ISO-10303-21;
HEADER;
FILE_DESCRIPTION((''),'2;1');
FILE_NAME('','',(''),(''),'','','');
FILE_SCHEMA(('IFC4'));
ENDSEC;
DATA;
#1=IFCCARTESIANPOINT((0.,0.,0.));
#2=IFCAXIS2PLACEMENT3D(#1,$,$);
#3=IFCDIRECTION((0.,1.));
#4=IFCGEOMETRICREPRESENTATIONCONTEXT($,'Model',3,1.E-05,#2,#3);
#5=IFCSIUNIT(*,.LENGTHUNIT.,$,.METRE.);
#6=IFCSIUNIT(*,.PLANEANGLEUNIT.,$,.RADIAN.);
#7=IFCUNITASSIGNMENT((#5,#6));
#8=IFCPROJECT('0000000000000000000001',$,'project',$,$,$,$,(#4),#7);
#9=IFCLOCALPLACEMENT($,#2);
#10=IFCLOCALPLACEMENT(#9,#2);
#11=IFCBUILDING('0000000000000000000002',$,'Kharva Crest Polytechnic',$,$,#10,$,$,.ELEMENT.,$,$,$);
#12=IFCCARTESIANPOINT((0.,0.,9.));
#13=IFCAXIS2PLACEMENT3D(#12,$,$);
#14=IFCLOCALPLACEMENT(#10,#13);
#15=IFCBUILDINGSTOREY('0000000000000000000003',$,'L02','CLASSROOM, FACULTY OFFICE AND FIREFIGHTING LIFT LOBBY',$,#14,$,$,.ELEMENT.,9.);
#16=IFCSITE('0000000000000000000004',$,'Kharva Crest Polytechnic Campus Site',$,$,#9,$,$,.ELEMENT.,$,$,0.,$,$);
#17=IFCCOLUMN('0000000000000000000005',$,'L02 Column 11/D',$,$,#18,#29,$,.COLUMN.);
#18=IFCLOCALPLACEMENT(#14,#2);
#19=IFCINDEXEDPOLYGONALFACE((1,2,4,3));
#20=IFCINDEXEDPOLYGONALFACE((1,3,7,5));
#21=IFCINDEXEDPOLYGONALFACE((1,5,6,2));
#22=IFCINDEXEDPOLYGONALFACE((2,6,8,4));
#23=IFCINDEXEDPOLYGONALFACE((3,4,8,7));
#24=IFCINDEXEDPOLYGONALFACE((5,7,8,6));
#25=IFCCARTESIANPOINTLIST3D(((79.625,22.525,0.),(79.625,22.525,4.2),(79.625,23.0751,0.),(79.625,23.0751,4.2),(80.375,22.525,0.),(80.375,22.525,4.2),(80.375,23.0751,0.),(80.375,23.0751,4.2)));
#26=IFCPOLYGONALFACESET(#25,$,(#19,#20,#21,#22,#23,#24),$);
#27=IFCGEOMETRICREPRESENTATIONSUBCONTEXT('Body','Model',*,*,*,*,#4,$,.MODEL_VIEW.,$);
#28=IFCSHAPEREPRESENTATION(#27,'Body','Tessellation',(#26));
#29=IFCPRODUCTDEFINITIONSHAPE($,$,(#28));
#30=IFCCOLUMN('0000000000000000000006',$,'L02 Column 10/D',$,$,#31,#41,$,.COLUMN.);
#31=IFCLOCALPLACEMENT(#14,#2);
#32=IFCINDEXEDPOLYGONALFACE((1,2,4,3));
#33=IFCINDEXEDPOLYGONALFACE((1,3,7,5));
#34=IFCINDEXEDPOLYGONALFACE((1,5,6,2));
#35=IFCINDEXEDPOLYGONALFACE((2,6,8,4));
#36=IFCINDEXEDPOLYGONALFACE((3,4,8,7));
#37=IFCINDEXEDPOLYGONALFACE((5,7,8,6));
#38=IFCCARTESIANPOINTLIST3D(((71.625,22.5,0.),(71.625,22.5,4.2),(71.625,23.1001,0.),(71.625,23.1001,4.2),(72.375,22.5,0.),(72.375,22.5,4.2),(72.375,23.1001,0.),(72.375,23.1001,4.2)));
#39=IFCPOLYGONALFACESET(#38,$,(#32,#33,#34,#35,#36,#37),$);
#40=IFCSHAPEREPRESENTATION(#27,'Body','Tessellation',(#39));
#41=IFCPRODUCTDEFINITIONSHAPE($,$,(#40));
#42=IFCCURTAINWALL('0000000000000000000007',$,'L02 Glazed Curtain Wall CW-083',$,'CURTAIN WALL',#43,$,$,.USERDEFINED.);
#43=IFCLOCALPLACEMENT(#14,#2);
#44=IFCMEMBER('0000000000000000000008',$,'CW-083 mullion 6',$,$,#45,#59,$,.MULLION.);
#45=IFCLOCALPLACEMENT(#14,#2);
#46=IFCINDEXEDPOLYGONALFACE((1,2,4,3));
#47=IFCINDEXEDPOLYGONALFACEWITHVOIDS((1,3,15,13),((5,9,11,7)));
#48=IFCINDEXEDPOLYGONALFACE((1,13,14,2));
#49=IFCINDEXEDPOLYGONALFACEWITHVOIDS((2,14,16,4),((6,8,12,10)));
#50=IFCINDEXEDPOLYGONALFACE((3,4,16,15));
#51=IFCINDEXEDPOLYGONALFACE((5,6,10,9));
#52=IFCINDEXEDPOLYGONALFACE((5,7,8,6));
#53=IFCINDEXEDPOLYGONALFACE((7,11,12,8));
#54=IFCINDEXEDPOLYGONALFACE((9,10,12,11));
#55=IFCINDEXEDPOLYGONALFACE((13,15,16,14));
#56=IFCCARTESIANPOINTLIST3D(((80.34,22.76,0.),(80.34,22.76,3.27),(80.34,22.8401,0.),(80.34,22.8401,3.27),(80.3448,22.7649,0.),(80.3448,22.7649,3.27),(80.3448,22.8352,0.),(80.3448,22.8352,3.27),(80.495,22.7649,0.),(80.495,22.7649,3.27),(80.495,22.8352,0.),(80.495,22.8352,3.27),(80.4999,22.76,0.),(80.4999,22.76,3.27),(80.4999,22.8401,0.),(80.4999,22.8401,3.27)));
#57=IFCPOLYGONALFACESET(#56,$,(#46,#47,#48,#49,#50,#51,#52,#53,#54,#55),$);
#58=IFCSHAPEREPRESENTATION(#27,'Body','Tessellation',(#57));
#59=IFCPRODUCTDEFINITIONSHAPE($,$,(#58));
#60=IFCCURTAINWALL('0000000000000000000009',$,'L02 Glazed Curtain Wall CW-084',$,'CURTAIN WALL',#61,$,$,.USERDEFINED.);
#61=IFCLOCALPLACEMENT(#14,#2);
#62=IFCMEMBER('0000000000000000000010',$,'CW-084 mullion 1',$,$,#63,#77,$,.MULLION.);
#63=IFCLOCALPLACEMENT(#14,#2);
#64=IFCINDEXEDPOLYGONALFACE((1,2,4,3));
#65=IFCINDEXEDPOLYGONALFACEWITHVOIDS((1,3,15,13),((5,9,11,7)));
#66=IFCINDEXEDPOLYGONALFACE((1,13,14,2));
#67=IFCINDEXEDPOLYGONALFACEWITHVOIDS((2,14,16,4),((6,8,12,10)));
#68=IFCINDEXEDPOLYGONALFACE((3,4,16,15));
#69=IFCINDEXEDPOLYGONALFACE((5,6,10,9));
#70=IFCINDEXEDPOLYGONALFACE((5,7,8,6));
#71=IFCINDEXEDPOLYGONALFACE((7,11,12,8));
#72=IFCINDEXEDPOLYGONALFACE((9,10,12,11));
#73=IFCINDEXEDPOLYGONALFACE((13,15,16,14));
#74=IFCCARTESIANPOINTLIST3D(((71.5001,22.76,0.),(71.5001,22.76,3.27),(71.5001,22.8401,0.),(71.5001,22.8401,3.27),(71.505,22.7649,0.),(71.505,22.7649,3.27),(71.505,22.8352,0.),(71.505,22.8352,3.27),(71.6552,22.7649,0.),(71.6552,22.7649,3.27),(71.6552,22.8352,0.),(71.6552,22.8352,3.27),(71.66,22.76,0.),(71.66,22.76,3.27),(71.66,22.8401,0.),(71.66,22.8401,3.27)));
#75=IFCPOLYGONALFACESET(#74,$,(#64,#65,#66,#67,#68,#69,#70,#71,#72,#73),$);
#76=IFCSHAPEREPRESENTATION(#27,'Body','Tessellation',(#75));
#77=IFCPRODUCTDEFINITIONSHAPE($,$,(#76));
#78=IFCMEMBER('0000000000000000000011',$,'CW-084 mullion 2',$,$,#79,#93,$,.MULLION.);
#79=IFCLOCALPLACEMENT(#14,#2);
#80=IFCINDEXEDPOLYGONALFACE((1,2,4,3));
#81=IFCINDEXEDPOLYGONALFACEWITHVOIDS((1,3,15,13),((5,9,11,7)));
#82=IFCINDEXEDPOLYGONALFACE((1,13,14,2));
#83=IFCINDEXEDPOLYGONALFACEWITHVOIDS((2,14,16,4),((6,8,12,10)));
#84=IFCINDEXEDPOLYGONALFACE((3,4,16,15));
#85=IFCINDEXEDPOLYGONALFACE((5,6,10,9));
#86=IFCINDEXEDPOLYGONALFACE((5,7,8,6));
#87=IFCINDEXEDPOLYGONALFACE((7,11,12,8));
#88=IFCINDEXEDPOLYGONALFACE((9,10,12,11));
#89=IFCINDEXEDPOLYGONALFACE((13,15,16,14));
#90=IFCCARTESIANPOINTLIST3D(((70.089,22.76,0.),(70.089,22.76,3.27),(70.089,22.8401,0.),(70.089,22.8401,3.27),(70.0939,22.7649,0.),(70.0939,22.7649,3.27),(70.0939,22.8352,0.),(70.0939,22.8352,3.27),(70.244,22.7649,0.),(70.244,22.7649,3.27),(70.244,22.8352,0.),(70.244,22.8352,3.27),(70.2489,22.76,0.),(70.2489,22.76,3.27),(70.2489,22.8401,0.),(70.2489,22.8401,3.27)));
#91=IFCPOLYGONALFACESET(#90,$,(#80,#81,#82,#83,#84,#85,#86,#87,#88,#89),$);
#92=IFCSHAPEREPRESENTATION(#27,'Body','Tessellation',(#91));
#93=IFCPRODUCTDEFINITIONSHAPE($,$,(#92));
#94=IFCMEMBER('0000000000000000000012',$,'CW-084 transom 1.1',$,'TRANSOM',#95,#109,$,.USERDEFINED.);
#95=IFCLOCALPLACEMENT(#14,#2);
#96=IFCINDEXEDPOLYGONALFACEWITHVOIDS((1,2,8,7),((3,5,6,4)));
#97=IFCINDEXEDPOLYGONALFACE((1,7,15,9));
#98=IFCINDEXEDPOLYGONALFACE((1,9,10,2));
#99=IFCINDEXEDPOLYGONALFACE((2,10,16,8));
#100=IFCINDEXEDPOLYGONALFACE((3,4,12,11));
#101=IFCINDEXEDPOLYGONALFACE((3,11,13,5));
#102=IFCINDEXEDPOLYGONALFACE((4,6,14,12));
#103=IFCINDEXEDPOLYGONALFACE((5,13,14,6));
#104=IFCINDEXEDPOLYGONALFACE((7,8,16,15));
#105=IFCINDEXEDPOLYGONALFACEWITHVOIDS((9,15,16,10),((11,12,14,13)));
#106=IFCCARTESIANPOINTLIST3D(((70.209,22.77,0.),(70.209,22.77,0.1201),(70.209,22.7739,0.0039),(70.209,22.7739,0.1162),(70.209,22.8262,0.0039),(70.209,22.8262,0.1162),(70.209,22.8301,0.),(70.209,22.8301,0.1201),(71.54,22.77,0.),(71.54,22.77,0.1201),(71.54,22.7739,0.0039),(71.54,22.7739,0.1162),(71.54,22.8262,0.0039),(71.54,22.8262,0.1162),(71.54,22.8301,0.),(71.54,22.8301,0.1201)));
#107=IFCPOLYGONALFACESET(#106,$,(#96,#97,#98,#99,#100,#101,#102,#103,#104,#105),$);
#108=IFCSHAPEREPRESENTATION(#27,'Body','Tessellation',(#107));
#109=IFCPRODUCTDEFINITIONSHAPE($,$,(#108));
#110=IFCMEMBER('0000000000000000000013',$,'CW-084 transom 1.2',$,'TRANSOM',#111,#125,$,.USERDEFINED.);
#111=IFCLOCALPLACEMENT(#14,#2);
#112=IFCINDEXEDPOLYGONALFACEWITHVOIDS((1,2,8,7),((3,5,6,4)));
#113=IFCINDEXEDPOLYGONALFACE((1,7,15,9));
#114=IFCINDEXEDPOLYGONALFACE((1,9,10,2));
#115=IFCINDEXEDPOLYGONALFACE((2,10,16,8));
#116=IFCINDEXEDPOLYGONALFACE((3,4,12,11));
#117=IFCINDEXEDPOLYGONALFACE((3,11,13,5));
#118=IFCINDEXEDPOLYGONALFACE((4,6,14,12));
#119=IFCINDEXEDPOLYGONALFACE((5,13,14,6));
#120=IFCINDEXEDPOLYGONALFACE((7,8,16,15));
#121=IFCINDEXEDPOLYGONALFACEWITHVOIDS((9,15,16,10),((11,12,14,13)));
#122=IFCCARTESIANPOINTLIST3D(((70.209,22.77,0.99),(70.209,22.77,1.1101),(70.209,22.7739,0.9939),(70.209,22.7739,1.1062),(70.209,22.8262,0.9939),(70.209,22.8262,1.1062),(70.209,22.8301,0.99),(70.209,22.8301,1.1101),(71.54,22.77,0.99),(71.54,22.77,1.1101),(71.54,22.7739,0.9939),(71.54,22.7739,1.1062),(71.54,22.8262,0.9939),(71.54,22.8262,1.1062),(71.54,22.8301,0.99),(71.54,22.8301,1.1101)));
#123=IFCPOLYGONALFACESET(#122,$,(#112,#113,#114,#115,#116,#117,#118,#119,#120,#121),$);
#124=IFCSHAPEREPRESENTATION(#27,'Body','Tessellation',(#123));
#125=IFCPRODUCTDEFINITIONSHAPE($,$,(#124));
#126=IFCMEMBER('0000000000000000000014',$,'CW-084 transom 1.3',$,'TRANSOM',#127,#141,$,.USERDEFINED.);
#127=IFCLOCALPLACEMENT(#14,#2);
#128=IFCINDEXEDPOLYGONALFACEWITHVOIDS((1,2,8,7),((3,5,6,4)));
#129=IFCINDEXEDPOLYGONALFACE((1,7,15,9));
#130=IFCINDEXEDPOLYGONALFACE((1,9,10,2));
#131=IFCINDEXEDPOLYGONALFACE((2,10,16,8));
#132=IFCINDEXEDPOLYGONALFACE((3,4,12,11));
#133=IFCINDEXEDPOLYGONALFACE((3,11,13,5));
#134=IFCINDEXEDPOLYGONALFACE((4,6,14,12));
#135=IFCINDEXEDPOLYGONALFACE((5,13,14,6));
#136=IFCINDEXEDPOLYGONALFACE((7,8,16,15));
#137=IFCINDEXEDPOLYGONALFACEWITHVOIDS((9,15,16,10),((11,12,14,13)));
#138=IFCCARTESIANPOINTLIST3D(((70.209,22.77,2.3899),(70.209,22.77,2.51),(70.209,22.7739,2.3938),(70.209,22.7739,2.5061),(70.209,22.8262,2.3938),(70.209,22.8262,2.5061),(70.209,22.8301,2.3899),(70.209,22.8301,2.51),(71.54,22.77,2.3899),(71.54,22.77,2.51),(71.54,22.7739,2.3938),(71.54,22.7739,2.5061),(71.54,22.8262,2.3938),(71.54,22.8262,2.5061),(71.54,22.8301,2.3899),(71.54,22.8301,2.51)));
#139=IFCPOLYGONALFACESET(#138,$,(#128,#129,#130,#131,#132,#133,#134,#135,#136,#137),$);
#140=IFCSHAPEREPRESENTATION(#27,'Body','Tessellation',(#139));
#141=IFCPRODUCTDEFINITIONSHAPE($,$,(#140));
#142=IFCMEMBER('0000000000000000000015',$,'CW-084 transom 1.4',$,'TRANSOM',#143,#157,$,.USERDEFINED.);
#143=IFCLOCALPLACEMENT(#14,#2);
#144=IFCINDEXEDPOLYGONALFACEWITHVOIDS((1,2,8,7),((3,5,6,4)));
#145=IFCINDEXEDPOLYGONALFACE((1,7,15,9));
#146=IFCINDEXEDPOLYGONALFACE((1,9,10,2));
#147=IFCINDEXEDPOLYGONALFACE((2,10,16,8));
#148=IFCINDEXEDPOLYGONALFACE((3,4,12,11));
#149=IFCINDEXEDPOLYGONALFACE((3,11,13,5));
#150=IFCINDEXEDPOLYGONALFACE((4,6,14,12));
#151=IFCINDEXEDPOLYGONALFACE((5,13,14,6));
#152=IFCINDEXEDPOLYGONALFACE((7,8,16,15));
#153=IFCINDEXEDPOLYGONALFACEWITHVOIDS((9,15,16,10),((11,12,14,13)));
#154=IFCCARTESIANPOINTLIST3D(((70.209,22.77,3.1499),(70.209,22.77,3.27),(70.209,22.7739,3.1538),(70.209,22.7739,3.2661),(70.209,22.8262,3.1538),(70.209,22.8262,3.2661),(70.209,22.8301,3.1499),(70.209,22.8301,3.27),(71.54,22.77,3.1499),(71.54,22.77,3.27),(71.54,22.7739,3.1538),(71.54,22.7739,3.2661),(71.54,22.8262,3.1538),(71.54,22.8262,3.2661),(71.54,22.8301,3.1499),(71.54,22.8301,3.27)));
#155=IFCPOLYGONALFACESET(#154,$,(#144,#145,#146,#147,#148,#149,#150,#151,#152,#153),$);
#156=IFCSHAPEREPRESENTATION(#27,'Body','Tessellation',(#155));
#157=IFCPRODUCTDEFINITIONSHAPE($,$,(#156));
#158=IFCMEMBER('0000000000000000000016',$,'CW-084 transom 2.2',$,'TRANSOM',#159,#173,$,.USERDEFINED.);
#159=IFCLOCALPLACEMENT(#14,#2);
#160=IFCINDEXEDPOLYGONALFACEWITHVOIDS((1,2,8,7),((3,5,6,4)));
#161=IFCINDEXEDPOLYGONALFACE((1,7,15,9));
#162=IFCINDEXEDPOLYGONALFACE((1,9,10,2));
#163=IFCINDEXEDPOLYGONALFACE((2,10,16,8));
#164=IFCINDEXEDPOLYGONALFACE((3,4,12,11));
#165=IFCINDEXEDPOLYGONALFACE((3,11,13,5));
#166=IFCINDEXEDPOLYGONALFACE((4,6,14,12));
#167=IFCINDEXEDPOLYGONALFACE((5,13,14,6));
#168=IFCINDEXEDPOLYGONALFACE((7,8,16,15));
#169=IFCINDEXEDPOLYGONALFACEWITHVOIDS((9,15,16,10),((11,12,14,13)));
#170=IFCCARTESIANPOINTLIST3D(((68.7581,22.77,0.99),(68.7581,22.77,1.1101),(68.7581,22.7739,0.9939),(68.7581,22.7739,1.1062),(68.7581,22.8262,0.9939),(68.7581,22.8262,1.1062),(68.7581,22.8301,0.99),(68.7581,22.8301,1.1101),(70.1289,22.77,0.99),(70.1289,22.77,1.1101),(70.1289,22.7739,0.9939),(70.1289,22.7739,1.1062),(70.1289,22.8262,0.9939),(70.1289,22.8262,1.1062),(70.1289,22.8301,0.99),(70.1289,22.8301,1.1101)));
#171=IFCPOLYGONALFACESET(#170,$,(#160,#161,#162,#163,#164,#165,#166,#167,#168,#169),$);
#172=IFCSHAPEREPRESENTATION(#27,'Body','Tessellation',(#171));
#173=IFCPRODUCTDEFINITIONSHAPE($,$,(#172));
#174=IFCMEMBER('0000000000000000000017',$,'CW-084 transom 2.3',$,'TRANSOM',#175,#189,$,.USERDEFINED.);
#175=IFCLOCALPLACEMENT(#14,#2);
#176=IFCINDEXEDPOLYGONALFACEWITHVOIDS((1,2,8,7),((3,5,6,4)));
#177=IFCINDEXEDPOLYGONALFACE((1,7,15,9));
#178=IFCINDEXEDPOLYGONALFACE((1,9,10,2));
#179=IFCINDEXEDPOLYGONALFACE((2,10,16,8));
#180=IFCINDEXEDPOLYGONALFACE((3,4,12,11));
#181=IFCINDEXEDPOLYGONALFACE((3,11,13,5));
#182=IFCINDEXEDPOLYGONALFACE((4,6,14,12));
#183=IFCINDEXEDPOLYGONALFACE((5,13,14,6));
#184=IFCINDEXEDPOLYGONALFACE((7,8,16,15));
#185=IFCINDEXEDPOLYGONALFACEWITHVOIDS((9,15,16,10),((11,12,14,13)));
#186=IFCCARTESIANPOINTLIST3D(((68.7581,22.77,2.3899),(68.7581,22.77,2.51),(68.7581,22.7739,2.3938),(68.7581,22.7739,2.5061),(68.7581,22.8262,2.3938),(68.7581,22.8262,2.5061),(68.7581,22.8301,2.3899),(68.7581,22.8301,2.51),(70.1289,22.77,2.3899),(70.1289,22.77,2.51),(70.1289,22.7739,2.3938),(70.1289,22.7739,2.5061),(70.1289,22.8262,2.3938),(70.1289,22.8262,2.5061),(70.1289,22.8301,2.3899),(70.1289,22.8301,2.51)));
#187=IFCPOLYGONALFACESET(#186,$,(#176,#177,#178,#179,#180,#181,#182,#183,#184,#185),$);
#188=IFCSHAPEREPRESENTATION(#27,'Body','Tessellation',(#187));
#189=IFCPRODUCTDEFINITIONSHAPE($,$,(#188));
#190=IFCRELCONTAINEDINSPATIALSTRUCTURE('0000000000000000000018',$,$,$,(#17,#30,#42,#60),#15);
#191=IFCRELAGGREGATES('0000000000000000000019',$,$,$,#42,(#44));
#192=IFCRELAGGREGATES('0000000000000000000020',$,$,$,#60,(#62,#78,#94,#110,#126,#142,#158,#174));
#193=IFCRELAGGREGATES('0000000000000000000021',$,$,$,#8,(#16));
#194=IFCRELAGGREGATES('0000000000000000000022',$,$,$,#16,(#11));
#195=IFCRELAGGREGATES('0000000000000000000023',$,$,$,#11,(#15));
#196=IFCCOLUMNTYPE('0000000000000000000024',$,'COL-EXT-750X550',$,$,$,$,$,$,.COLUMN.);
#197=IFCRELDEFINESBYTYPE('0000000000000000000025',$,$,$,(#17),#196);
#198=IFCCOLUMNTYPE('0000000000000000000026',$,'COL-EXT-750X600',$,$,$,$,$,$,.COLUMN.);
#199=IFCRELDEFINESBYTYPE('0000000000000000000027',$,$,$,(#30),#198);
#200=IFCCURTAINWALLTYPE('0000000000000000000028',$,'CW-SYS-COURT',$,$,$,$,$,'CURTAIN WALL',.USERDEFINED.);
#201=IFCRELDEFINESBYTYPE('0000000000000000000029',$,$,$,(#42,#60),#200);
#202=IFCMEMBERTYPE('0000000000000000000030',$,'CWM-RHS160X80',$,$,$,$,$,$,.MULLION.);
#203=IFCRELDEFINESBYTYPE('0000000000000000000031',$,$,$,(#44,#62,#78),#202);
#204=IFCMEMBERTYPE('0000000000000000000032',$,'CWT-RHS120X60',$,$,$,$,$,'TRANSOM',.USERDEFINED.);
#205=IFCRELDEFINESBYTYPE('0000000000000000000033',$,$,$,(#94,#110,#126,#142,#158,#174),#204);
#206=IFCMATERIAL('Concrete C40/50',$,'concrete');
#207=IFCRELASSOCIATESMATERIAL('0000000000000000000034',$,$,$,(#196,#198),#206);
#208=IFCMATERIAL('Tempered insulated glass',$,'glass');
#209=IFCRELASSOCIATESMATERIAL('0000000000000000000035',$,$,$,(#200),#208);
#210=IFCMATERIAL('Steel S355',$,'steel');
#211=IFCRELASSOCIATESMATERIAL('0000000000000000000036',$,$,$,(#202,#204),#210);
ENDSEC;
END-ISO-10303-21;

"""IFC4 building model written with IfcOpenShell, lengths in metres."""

from ifc_helpers import new_model, si_unit, direction, frame, origin, origin_2d, place, context, subcontext, project, spatial, rectangle, hollow_rectangle, extrude, material, material_profile, profile_set, type_object, element, aggregate, save


model = new_model("IFC4")

# Units and contexts
model_context = context("Model", 3, precision=1e-05, world=origin(), true_north=direction((0.0, 1.0)))
body_context = subcontext(model_context, "Body", "Model", "MODEL_VIEW")
ifc_project = project(units=[si_unit("LENGTHUNIT", "METRE"), si_unit("PLANEANGLEUNIT", "RADIAN")], contexts=[model_context])

# Site, building, storey
site_placement = place(None, origin())
site = spatial("IfcSite", under=ifc_project, at=site_placement, Name="Kharva Crest Polytechnic Campus Site", CompositionType="ELEMENT", RefElevation=0.0)
building_placement = place(site_placement, origin())
building = spatial("IfcBuilding", under=site, at=building_placement, Name="Kharva Crest Polytechnic", CompositionType="ELEMENT")
storey_placement = place(building_placement, frame((0.0, 0.0, 9.0)))
storey = spatial("IfcBuildingStorey", under=building, at=storey_placement, Name="L02", Description="CLASSROOM, FACULTY OFFICE AND FIREFIGHTING LIFT LOBBY", CompositionType="ELEMENT", Elevation=9.0)

# Columns
ifc_material_1 = material(Name="Concrete C40/50", Category="concrete")
ifc_material_profile_1 = material_profile(ifc_material_1, rectangle(XDim=0.75, YDim=0.55, at=origin_2d()), Name="RECT 750 X 550")
ifc_profile_set_1 = profile_set([ifc_material_profile_1], Name="Concrete C40/50")
column_type_1 = type_object("IfcColumnType", Name="COL-EXT-750X550", PredefinedType="COLUMN", material=ifc_profile_set_1)
column_1_placement = place(storey_placement, frame((80.0, 22.8, 0.0), z_axis=(0.0, 0.0, 1.0), x_axis=(1.0, 0.0, 0.0)))
element("IfcColumn", 1, at=column_1_placement, inside=storey, type_object=column_type_1, Name="L02 Column 11/D", PredefinedType="COLUMN", context=body_context, shape_type="SweptSolid", body=[
    extrude(rectangle(XDim=0.75, YDim=0.55, at=origin_2d()), origin(), (0.0, 0.0, 1.0), 4.2),
])
ifc_material_profile_2 = material_profile(ifc_material_1, rectangle(XDim=0.75, YDim=0.6001, at=origin_2d()), Name="RECT 750 X 600")
ifc_profile_set_2 = profile_set([ifc_material_profile_2], Name="Concrete C40/50")
column_type_2 = type_object("IfcColumnType", Name="COL-EXT-750X600", PredefinedType="COLUMN", material=ifc_profile_set_2)
column_2_placement = place(storey_placement, frame((72.0, 22.8, 0.0), z_axis=(0.0, 0.0, 1.0), x_axis=(1.0, 0.0, 0.0)))
element("IfcColumn", 2, at=column_2_placement, inside=storey, type_object=column_type_2, Name="L02 Column 10/D", PredefinedType="COLUMN", context=body_context, shape_type="SweptSolid", body=[
    extrude(rectangle(XDim=0.75, YDim=0.6001, at=origin_2d()), origin(), (0.0, 0.0, 1.0), 4.2),
])

# Curtain wall, member
ifc_material_2 = material(Name="Tempered insulated glass", Category="glass")
curtain_wall_type = type_object("IfcCurtainWallType", Name="CW-SYS-COURT", ElementType="CURTAIN WALL", PredefinedType="USERDEFINED", material=ifc_material_2)
curtain_wall_1_placement = place(storey_placement, origin())
curtain_wall_1 = element("IfcCurtainWall", 3, at=curtain_wall_1_placement, inside=storey, type_object=curtain_wall_type, Name="L02 Glazed Curtain Wall CW-083", ObjectType="CURTAIN WALL", PredefinedType="USERDEFINED")
ifc_material_3 = material(Name="Steel S355", Category="steel")
ifc_material_profile_3 = material_profile(ifc_material_3, hollow_rectangle(XDim=0.0801, YDim=0.1599, WallThickness=0.0049, at=origin_2d()), Name="RHS 160X80X5.0")
ifc_profile_set_3 = profile_set([ifc_material_profile_3], Name="Steel S355")
member_type_1 = type_object("IfcMemberType", Name="CWM-RHS160X80", PredefinedType="MULLION", material=ifc_profile_set_3)
member_1_placement = place(storey_placement, frame((80.4199, 22.8, 0.0), z_axis=(0.0, 0.0, 1.0), x_axis=(0.0, -1.0, 0.0)))
member_1 = element("IfcMember", 4, at=member_1_placement, type_object=member_type_1, Name="CW-083 mullion 6", PredefinedType="MULLION", context=body_context, shape_type="SweptSolid", body=[
    extrude(hollow_rectangle(XDim=0.0801, YDim=0.1599, WallThickness=0.0049, at=origin_2d()), origin(), (0.0, 0.0, 1.0), 3.27),
])

# Curtain wall, members
curtain_wall_2_placement = place(storey_placement, origin())
curtain_wall_2 = element("IfcCurtainWall", 5, at=curtain_wall_2_placement, inside=storey, type_object=curtain_wall_type, Name="L02 Glazed Curtain Wall CW-084", ObjectType="CURTAIN WALL", PredefinedType="USERDEFINED")
member_2_placement = place(storey_placement, frame((71.5801, 22.8, 0.0), z_axis=(0.0, 0.0, 1.0), x_axis=(0.0, -1.0, 0.0)))
member_2 = element("IfcMember", 6, at=member_2_placement, type_object=member_type_1, Name="CW-084 mullion 1", PredefinedType="MULLION", context=body_context, shape_type="SweptSolid", body=[
    extrude(hollow_rectangle(XDim=0.0801, YDim=0.1599, WallThickness=0.0049, at=origin_2d()), origin(), (0.0, 0.0, 1.0), 3.27),
])
member_3_placement = place(storey_placement, frame((70.1689, 22.8, 0.0), z_axis=(0.0, 0.0, 1.0), x_axis=(0.0, -1.0, 0.0)))
member_3 = element("IfcMember", 7, at=member_3_placement, type_object=member_type_1, Name="CW-084 mullion 2", PredefinedType="MULLION", context=body_context, shape_type="SweptSolid", body=[
    extrude(hollow_rectangle(XDim=0.0801, YDim=0.1599, WallThickness=0.0049, at=origin_2d()), origin(), (0.0, 0.0, 1.0), 3.27),
])
ifc_material_profile_4 = material_profile(ifc_material_3, hollow_rectangle(XDim=0.0601, YDim=0.1201, WallThickness=0.0039, at=origin_2d()), Name="RHS 120X60X4.0")
ifc_profile_set_4 = profile_set([ifc_material_profile_4], Name="Steel S355")
member_type_2 = type_object("IfcMemberType", Name="CWT-RHS120X60", ElementType="TRANSOM", PredefinedType="USERDEFINED", material=ifc_profile_set_4)
member_4_placement = place(storey_placement, frame((71.54, 22.8, 0.0601), z_axis=(-1.0, 0.0, 0.0), x_axis=(0.0, -1.0, 0.0)))
member_4 = element("IfcMember", 8, at=member_4_placement, type_object=member_type_2, Name="CW-084 transom 1.1", ObjectType="TRANSOM", PredefinedType="USERDEFINED", context=body_context, shape_type="SweptSolid", body=[
    extrude(hollow_rectangle(XDim=0.0601, YDim=0.1201, WallThickness=0.0039, at=origin_2d()), origin(), (0.0, 0.0, 1.0), 1.3311),
])
member_5_placement = place(storey_placement, frame((71.54, 22.8, 1.05), z_axis=(-1.0, 0.0, 0.0), x_axis=(0.0, -1.0, 0.0)))
member_5 = element("IfcMember", 9, at=member_5_placement, type_object=member_type_2, Name="CW-084 transom 1.2", ObjectType="TRANSOM", PredefinedType="USERDEFINED", context=body_context, shape_type="SweptSolid", body=[
    extrude(hollow_rectangle(XDim=0.0601, YDim=0.1201, WallThickness=0.0039, at=origin_2d()), origin(), (0.0, 0.0, 1.0), 1.3311),
])
member_6_placement = place(storey_placement, frame((71.54, 22.8, 2.45), z_axis=(-1.0, 0.0, 0.0), x_axis=(0.0, -1.0, 0.0)))
member_6 = element("IfcMember", 10, at=member_6_placement, type_object=member_type_2, Name="CW-084 transom 1.3", ObjectType="TRANSOM", PredefinedType="USERDEFINED", context=body_context, shape_type="SweptSolid", body=[
    extrude(hollow_rectangle(XDim=0.0601, YDim=0.1201, WallThickness=0.0039, at=origin_2d()), origin(), (0.0, 0.0, 1.0), 1.3311),
])
member_7_placement = place(storey_placement, frame((71.54, 22.8, 3.21), z_axis=(-1.0, 0.0, 0.0), x_axis=(0.0, -1.0, 0.0)))
member_7 = element("IfcMember", 11, at=member_7_placement, type_object=member_type_2, Name="CW-084 transom 1.4", ObjectType="TRANSOM", PredefinedType="USERDEFINED", context=body_context, shape_type="SweptSolid", body=[
    extrude(hollow_rectangle(XDim=0.0601, YDim=0.1201, WallThickness=0.0039, at=origin_2d()), origin(), (0.0, 0.0, 1.0), 1.3311),
])
member_8_placement = place(storey_placement, frame((70.1289, 22.8, 1.05), z_axis=(-1.0, 0.0, 0.0), x_axis=(0.0, -1.0, 0.0)))
member_8 = element("IfcMember", 12, at=member_8_placement, type_object=member_type_2, Name="CW-084 transom 2.2", ObjectType="TRANSOM", PredefinedType="USERDEFINED", context=body_context, shape_type="SweptSolid", body=[
    extrude(hollow_rectangle(XDim=0.0601, YDim=0.1201, WallThickness=0.0039, at=origin_2d()), origin(), (0.0, 0.0, 1.0), 1.3708),
])
member_9_placement = place(storey_placement, frame((70.1289, 22.8, 2.45), z_axis=(-1.0, 0.0, 0.0), x_axis=(0.0, -1.0, 0.0)))
member_9 = element("IfcMember", 13, at=member_9_placement, type_object=member_type_2, Name="CW-084 transom 2.3", ObjectType="TRANSOM", PredefinedType="USERDEFINED", context=body_context, shape_type="SweptSolid", body=[
    extrude(hollow_rectangle(XDim=0.0601, YDim=0.1201, WallThickness=0.0039, at=origin_2d()), origin(), (0.0, 0.0, 1.0), 1.3708),
])

aggregate(curtain_wall_1, [member_1])
aggregate(curtain_wall_2, [member_2, member_3, member_4, member_5, member_6, member_7, member_8, member_9])

save(model, "model.ifc")
